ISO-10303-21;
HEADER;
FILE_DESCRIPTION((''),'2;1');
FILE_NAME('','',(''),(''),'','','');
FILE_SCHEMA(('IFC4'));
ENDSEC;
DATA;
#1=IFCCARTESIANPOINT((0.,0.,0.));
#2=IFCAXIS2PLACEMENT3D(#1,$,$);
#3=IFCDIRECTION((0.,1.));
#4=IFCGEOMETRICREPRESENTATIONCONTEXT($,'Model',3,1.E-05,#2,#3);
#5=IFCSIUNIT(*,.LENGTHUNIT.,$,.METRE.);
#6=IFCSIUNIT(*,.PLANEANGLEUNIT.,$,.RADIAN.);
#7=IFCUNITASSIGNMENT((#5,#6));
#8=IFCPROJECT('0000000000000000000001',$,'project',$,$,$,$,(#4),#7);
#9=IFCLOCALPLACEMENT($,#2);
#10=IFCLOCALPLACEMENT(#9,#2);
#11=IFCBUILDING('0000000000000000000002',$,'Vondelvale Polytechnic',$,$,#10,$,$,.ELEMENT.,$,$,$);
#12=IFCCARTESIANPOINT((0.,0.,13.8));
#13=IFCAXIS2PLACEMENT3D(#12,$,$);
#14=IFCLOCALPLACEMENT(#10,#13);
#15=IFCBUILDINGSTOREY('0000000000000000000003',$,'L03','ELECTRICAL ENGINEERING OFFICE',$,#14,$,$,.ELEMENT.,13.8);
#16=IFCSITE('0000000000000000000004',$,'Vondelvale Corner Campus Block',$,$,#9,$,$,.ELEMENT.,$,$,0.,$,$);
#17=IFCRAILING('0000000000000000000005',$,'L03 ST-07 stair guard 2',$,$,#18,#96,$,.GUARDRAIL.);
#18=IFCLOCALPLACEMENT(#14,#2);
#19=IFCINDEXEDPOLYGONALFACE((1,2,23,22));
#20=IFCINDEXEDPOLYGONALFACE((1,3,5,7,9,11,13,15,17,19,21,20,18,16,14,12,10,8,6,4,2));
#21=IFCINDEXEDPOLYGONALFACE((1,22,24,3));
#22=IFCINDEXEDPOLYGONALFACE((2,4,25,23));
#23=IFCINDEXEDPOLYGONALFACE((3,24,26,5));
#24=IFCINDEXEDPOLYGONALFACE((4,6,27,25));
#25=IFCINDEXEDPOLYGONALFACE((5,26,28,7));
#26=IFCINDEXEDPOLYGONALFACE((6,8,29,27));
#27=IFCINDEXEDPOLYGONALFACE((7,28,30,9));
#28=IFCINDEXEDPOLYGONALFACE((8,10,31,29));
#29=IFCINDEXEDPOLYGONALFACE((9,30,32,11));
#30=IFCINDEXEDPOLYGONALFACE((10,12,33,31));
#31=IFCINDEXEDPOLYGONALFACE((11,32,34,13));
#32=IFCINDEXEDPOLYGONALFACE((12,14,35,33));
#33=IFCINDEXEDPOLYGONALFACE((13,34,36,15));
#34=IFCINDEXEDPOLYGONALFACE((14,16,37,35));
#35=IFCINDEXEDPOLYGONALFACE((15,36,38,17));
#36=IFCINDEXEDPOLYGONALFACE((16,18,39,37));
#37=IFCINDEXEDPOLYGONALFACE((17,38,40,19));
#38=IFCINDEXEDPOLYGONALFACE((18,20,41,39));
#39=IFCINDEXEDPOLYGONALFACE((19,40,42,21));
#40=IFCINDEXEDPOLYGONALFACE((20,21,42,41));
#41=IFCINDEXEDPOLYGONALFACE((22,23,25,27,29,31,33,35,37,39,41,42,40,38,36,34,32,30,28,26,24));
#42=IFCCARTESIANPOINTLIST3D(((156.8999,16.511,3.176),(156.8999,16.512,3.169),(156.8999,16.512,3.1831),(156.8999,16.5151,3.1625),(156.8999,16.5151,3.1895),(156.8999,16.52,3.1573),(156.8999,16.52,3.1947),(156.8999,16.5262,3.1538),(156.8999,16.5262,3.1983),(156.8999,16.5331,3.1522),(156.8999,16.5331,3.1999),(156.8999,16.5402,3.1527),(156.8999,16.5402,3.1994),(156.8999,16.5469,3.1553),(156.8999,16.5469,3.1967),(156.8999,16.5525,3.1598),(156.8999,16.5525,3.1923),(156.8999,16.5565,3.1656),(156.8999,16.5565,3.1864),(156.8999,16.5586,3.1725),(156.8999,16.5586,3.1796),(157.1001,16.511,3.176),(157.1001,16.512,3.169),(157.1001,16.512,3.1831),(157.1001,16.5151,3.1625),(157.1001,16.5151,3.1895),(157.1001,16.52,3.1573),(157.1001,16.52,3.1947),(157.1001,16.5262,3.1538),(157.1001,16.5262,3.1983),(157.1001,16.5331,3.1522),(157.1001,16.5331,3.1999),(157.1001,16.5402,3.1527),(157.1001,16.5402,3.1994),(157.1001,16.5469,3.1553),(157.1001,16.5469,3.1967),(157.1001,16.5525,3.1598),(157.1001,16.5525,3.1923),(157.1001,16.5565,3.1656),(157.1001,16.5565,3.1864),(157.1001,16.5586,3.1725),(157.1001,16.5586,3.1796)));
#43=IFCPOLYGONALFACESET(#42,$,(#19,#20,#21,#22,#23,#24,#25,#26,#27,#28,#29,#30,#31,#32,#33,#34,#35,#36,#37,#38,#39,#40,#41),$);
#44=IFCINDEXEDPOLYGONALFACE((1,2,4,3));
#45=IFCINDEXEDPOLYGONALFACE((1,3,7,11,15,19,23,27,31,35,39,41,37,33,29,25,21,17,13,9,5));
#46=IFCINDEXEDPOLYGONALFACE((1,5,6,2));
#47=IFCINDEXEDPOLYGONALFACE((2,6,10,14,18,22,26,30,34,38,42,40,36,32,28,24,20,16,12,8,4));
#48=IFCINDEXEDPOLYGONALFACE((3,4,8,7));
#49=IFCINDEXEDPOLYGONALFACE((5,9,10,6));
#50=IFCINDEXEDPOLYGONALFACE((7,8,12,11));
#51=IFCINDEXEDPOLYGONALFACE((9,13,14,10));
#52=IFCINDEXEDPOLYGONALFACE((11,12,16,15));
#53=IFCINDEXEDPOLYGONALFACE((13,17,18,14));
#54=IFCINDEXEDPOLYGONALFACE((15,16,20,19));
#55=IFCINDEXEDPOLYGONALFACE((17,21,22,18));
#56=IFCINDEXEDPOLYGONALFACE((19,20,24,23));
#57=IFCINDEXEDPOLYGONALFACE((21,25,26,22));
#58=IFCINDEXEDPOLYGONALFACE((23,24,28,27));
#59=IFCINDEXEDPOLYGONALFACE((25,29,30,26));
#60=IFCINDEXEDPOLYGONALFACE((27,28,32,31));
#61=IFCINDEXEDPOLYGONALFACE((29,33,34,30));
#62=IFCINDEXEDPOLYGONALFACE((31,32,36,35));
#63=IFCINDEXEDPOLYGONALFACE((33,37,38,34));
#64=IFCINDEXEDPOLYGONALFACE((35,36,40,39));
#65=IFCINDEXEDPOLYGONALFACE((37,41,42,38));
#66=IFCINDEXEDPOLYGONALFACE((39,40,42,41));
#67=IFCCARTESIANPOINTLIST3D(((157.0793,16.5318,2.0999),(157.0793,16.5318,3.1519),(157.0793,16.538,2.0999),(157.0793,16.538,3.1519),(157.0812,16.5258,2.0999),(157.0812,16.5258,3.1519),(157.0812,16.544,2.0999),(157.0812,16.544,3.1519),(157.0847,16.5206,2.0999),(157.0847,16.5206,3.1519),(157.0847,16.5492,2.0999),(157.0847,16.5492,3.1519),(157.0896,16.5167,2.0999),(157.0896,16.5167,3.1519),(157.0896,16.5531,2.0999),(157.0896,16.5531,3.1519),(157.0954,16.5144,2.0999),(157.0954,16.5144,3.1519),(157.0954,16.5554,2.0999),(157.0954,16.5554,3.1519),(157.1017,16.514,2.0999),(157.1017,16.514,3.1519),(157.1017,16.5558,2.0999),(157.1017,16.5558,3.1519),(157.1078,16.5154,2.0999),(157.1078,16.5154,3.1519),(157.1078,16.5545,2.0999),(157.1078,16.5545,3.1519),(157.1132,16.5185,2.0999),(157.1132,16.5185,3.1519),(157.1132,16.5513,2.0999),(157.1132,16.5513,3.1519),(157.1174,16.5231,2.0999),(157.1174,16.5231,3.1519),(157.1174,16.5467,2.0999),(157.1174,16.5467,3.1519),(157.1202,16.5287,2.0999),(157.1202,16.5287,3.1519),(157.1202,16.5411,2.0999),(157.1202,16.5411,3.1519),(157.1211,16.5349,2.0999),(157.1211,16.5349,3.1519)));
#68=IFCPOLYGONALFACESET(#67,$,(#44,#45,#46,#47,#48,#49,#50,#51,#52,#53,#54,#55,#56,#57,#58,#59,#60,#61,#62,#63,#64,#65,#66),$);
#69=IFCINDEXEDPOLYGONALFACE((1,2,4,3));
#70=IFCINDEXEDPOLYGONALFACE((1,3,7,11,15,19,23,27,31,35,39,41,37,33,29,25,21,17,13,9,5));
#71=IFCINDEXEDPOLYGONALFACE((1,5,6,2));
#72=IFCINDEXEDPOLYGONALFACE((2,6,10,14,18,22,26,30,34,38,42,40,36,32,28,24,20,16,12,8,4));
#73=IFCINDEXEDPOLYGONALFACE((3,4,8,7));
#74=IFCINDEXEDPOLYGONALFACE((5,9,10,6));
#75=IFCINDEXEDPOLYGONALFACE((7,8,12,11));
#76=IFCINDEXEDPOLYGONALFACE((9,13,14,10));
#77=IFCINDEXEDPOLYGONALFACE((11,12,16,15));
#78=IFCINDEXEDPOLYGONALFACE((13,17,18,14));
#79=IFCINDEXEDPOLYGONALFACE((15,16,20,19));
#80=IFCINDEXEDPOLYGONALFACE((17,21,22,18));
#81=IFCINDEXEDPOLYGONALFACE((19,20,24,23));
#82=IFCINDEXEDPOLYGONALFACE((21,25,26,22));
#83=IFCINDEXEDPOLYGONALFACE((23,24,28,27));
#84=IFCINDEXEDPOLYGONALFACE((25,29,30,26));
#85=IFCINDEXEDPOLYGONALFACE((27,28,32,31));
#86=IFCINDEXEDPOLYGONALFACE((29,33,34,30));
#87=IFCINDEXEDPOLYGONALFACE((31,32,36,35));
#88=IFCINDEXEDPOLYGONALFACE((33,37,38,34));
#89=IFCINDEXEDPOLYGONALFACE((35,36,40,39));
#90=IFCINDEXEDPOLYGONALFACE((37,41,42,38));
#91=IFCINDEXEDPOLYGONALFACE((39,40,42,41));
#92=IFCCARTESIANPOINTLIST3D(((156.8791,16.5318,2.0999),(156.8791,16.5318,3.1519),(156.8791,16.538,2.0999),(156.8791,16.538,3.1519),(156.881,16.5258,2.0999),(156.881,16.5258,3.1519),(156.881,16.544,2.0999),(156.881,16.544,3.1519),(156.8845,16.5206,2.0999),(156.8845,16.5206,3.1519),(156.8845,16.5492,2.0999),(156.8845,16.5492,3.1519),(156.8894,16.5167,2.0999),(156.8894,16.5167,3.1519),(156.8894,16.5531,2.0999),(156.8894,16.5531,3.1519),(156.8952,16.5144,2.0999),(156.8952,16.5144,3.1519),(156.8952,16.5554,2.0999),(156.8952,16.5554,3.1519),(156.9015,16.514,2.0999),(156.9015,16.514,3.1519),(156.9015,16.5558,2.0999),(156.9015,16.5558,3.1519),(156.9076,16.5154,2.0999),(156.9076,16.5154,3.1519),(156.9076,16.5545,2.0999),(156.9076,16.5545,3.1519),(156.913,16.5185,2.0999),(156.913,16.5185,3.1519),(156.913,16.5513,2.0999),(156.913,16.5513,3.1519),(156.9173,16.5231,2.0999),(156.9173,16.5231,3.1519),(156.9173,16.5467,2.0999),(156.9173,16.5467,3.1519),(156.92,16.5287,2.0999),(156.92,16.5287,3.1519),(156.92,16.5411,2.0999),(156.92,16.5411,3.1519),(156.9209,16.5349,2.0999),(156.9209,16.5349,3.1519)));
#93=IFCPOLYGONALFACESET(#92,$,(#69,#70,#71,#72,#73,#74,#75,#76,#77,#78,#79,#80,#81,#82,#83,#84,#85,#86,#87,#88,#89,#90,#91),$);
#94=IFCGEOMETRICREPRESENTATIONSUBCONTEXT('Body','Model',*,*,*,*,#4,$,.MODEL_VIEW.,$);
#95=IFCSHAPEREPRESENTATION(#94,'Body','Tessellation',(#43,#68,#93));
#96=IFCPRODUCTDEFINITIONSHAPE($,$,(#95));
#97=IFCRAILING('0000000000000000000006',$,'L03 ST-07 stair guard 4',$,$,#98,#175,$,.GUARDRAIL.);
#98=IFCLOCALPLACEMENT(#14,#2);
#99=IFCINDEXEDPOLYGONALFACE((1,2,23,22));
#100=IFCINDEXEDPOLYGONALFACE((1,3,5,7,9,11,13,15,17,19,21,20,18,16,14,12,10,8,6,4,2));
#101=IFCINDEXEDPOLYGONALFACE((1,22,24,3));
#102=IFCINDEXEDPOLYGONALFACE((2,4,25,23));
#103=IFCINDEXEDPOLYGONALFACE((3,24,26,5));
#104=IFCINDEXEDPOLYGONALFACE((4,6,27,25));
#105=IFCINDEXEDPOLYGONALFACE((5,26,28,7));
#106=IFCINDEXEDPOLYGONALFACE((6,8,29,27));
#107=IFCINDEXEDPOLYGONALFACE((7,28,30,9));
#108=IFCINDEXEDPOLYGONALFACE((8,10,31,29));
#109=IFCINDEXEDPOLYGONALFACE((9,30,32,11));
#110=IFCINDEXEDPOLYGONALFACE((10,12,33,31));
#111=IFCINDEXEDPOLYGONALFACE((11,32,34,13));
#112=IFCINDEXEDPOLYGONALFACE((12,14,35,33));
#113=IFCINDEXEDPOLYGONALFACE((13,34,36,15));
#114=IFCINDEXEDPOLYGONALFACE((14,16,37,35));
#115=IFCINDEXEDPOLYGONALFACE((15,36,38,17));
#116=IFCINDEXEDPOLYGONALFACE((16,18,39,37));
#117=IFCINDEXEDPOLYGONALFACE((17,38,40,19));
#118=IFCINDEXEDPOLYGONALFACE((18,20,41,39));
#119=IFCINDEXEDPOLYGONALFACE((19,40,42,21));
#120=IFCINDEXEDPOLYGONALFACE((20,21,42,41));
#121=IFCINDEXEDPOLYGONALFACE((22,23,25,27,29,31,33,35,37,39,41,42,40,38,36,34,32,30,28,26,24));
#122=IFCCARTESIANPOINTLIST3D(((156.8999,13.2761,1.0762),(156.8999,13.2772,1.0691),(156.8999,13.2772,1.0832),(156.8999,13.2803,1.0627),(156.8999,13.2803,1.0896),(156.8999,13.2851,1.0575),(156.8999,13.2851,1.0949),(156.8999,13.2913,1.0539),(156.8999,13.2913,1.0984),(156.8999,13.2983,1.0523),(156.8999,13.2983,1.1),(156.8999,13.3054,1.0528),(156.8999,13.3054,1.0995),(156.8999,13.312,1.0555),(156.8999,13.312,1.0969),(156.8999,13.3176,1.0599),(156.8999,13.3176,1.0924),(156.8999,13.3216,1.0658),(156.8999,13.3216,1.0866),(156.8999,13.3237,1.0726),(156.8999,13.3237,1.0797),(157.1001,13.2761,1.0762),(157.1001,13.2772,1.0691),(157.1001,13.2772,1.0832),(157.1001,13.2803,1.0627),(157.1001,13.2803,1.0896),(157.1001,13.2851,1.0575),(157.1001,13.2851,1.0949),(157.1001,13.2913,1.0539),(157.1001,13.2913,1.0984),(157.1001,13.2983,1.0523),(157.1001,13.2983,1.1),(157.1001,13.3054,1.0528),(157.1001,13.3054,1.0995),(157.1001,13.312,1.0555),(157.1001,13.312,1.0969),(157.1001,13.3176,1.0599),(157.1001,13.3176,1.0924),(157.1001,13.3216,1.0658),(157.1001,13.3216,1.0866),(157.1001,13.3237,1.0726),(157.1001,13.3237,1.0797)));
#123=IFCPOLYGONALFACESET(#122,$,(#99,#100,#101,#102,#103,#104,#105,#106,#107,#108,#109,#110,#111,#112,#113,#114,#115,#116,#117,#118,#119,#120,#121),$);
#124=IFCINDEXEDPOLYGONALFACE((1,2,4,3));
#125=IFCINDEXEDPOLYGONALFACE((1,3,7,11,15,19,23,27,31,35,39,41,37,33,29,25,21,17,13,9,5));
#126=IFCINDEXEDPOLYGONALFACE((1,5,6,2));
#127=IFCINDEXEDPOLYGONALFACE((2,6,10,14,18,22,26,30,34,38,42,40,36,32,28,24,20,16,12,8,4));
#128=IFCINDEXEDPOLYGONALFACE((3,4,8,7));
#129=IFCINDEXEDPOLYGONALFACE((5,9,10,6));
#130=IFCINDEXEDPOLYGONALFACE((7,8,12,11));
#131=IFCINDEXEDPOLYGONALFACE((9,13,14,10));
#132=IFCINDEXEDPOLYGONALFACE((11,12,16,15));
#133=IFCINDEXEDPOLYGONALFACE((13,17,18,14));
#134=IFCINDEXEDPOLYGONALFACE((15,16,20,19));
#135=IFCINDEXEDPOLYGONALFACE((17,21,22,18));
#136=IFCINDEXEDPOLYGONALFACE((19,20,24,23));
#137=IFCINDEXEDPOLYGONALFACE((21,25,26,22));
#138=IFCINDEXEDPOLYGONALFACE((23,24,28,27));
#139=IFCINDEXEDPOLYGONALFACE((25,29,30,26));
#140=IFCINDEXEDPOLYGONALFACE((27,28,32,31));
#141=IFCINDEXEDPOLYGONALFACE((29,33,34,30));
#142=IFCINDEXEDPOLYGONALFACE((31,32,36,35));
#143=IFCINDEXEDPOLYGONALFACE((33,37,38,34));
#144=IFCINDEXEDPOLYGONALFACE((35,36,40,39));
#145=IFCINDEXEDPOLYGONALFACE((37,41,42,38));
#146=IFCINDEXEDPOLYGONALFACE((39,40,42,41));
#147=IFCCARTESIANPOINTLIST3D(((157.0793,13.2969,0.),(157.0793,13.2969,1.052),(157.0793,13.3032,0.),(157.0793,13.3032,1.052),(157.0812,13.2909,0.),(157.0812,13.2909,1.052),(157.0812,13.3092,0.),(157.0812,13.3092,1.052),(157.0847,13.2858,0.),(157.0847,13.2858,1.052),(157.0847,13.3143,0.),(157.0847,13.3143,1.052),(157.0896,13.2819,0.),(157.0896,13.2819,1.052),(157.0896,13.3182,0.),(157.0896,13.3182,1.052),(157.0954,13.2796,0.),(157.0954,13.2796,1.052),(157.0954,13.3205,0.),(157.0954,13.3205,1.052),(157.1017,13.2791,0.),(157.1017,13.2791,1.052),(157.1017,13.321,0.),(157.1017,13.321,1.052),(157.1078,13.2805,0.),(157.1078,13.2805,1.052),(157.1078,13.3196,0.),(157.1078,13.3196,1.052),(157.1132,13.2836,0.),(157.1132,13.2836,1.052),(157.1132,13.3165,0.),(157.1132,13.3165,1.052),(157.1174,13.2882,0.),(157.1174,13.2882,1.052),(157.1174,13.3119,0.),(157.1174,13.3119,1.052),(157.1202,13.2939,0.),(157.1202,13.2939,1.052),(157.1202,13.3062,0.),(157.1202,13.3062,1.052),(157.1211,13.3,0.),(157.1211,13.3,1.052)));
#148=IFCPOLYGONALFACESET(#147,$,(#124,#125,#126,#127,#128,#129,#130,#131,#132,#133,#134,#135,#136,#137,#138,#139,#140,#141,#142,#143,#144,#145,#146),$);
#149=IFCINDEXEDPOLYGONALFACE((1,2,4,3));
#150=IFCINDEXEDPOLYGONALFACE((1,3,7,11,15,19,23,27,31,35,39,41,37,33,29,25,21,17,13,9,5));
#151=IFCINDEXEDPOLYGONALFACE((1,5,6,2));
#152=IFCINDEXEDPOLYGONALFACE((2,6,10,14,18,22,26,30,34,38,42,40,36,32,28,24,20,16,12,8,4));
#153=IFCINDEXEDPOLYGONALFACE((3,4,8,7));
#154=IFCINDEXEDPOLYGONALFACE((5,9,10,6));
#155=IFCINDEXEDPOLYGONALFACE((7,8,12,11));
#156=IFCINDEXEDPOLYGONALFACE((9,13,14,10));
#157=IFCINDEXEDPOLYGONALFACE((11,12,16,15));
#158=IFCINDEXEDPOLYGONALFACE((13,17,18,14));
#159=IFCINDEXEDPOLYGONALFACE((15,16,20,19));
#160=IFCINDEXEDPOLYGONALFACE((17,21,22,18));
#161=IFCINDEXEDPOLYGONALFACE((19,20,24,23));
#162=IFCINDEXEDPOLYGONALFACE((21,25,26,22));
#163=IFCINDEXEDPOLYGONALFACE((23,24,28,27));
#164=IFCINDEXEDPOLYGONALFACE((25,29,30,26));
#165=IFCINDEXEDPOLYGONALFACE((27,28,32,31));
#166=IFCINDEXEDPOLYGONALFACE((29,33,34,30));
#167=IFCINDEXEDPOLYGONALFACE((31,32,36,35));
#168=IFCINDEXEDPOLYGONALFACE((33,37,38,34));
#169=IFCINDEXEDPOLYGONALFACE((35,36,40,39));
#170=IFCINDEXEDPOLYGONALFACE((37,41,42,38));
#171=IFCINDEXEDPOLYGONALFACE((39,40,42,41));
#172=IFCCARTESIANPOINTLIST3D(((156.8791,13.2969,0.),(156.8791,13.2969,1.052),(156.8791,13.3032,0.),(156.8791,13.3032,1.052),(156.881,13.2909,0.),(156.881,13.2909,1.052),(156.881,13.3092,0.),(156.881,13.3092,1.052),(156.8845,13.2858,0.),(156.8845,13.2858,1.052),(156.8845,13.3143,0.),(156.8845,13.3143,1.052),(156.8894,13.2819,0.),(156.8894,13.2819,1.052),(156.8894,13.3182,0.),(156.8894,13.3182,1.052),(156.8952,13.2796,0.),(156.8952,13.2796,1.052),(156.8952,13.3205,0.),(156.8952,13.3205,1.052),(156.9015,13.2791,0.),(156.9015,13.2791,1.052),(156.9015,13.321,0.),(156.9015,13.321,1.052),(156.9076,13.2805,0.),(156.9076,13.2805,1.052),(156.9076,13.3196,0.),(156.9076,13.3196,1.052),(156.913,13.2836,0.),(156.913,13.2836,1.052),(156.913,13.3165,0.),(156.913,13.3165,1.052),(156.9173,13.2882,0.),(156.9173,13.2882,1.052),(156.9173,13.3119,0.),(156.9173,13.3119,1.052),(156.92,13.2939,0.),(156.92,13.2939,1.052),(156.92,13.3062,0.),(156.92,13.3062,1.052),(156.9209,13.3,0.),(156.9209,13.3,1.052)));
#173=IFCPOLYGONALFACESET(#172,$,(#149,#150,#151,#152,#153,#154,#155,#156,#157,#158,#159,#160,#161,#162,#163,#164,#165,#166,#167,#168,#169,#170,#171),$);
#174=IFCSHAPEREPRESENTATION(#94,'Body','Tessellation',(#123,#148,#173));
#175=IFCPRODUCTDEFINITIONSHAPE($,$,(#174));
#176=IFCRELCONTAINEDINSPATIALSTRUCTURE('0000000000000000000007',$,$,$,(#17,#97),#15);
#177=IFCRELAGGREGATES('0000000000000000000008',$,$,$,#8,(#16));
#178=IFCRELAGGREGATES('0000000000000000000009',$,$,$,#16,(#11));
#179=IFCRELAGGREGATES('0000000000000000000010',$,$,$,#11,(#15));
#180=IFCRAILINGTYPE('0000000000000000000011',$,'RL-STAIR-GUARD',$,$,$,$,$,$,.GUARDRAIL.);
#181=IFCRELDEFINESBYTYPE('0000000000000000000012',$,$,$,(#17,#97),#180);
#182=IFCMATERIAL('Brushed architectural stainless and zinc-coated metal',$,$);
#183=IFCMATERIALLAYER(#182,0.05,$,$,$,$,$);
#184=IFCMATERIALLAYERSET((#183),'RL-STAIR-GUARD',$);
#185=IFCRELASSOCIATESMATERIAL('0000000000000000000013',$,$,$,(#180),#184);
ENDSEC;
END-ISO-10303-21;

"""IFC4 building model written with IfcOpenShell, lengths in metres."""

from ifc_helpers import new_model, si_unit, direction, frame, origin, origin_2d, place, context, subcontext, project, spatial, circle, extrude, material, layer, layer_set, type_object, element, save


model = new_model("IFC4")

# Units and contexts
model_context = context("Model", 3, precision=1e-05, world=origin(), true_north=direction((0.0, 1.0)))
body_context = subcontext(model_context, "Body", "Model", "MODEL_VIEW")
ifc_project = project(units=[si_unit("LENGTHUNIT", "METRE"), si_unit("PLANEANGLEUNIT", "RADIAN")], contexts=[model_context])

# Site, building, storey
site_placement = place(None, origin())
site = spatial("IfcSite", under=ifc_project, at=site_placement, Name="Vondelvale Corner Campus Block", CompositionType="ELEMENT", RefElevation=0.0)
building_placement = place(site_placement, origin())
building = spatial("IfcBuilding", under=site, at=building_placement, Name="Vondelvale Polytechnic", CompositionType="ELEMENT")
storey_placement = place(building_placement, frame((0.0, 0.0, 13.8)))
storey = spatial("IfcBuildingStorey", under=building, at=storey_placement, Name="L03", Description="ELECTRICAL ENGINEERING OFFICE", CompositionType="ELEMENT", Elevation=13.8)

# Shared definitions
ifc_material_1 = material(Name="Brushed architectural stainless and zinc-coated metal")

# Railings
ifc_layer_1 = layer(ifc_material_1, 0.05)
ifc_layer_set_1 = layer_set([ifc_layer_1], Name="RL-STAIR-GUARD")
railing_type_1 = type_object("IfcRailingType", Name="RL-STAIR-GUARD", PredefinedType="GUARDRAIL", material=ifc_layer_set_1)
for number, where, name in (
    (1, (157.1001, 16.5349, 2.0999), "L03 ST-07 stair guard 2"),
    (2, (157.1001, 13.3, 0.0), "L03 ST-07 stair guard 4"),
):
    element("IfcRailing", number, at=place(storey_placement, frame(where)), inside=storey, type_object=railing_type_1, Name=name, PredefinedType="GUARDRAIL", context=body_context, shape_type="SweptSolid", body=[
        extrude(circle(Radius=0.0239, at=origin_2d()), frame((0.0, 0.0, 1.0762), z_axis=(-1.0, 0.0, 0.0), x_axis=(0.0, -1.0, 0.0)), (0.0, 0.0, 1.0), 0.2002),
        extrude(circle(Radius=0.021, at=origin_2d()), origin(), (0.0, 0.0, 1.0), 1.052),
        extrude(circle(Radius=0.021, at=origin_2d()), frame((-0.2002, 0.0, 0.0)), (0.0, 0.0, 1.0), 1.052),
    ])

save(model, "model.ifc")
